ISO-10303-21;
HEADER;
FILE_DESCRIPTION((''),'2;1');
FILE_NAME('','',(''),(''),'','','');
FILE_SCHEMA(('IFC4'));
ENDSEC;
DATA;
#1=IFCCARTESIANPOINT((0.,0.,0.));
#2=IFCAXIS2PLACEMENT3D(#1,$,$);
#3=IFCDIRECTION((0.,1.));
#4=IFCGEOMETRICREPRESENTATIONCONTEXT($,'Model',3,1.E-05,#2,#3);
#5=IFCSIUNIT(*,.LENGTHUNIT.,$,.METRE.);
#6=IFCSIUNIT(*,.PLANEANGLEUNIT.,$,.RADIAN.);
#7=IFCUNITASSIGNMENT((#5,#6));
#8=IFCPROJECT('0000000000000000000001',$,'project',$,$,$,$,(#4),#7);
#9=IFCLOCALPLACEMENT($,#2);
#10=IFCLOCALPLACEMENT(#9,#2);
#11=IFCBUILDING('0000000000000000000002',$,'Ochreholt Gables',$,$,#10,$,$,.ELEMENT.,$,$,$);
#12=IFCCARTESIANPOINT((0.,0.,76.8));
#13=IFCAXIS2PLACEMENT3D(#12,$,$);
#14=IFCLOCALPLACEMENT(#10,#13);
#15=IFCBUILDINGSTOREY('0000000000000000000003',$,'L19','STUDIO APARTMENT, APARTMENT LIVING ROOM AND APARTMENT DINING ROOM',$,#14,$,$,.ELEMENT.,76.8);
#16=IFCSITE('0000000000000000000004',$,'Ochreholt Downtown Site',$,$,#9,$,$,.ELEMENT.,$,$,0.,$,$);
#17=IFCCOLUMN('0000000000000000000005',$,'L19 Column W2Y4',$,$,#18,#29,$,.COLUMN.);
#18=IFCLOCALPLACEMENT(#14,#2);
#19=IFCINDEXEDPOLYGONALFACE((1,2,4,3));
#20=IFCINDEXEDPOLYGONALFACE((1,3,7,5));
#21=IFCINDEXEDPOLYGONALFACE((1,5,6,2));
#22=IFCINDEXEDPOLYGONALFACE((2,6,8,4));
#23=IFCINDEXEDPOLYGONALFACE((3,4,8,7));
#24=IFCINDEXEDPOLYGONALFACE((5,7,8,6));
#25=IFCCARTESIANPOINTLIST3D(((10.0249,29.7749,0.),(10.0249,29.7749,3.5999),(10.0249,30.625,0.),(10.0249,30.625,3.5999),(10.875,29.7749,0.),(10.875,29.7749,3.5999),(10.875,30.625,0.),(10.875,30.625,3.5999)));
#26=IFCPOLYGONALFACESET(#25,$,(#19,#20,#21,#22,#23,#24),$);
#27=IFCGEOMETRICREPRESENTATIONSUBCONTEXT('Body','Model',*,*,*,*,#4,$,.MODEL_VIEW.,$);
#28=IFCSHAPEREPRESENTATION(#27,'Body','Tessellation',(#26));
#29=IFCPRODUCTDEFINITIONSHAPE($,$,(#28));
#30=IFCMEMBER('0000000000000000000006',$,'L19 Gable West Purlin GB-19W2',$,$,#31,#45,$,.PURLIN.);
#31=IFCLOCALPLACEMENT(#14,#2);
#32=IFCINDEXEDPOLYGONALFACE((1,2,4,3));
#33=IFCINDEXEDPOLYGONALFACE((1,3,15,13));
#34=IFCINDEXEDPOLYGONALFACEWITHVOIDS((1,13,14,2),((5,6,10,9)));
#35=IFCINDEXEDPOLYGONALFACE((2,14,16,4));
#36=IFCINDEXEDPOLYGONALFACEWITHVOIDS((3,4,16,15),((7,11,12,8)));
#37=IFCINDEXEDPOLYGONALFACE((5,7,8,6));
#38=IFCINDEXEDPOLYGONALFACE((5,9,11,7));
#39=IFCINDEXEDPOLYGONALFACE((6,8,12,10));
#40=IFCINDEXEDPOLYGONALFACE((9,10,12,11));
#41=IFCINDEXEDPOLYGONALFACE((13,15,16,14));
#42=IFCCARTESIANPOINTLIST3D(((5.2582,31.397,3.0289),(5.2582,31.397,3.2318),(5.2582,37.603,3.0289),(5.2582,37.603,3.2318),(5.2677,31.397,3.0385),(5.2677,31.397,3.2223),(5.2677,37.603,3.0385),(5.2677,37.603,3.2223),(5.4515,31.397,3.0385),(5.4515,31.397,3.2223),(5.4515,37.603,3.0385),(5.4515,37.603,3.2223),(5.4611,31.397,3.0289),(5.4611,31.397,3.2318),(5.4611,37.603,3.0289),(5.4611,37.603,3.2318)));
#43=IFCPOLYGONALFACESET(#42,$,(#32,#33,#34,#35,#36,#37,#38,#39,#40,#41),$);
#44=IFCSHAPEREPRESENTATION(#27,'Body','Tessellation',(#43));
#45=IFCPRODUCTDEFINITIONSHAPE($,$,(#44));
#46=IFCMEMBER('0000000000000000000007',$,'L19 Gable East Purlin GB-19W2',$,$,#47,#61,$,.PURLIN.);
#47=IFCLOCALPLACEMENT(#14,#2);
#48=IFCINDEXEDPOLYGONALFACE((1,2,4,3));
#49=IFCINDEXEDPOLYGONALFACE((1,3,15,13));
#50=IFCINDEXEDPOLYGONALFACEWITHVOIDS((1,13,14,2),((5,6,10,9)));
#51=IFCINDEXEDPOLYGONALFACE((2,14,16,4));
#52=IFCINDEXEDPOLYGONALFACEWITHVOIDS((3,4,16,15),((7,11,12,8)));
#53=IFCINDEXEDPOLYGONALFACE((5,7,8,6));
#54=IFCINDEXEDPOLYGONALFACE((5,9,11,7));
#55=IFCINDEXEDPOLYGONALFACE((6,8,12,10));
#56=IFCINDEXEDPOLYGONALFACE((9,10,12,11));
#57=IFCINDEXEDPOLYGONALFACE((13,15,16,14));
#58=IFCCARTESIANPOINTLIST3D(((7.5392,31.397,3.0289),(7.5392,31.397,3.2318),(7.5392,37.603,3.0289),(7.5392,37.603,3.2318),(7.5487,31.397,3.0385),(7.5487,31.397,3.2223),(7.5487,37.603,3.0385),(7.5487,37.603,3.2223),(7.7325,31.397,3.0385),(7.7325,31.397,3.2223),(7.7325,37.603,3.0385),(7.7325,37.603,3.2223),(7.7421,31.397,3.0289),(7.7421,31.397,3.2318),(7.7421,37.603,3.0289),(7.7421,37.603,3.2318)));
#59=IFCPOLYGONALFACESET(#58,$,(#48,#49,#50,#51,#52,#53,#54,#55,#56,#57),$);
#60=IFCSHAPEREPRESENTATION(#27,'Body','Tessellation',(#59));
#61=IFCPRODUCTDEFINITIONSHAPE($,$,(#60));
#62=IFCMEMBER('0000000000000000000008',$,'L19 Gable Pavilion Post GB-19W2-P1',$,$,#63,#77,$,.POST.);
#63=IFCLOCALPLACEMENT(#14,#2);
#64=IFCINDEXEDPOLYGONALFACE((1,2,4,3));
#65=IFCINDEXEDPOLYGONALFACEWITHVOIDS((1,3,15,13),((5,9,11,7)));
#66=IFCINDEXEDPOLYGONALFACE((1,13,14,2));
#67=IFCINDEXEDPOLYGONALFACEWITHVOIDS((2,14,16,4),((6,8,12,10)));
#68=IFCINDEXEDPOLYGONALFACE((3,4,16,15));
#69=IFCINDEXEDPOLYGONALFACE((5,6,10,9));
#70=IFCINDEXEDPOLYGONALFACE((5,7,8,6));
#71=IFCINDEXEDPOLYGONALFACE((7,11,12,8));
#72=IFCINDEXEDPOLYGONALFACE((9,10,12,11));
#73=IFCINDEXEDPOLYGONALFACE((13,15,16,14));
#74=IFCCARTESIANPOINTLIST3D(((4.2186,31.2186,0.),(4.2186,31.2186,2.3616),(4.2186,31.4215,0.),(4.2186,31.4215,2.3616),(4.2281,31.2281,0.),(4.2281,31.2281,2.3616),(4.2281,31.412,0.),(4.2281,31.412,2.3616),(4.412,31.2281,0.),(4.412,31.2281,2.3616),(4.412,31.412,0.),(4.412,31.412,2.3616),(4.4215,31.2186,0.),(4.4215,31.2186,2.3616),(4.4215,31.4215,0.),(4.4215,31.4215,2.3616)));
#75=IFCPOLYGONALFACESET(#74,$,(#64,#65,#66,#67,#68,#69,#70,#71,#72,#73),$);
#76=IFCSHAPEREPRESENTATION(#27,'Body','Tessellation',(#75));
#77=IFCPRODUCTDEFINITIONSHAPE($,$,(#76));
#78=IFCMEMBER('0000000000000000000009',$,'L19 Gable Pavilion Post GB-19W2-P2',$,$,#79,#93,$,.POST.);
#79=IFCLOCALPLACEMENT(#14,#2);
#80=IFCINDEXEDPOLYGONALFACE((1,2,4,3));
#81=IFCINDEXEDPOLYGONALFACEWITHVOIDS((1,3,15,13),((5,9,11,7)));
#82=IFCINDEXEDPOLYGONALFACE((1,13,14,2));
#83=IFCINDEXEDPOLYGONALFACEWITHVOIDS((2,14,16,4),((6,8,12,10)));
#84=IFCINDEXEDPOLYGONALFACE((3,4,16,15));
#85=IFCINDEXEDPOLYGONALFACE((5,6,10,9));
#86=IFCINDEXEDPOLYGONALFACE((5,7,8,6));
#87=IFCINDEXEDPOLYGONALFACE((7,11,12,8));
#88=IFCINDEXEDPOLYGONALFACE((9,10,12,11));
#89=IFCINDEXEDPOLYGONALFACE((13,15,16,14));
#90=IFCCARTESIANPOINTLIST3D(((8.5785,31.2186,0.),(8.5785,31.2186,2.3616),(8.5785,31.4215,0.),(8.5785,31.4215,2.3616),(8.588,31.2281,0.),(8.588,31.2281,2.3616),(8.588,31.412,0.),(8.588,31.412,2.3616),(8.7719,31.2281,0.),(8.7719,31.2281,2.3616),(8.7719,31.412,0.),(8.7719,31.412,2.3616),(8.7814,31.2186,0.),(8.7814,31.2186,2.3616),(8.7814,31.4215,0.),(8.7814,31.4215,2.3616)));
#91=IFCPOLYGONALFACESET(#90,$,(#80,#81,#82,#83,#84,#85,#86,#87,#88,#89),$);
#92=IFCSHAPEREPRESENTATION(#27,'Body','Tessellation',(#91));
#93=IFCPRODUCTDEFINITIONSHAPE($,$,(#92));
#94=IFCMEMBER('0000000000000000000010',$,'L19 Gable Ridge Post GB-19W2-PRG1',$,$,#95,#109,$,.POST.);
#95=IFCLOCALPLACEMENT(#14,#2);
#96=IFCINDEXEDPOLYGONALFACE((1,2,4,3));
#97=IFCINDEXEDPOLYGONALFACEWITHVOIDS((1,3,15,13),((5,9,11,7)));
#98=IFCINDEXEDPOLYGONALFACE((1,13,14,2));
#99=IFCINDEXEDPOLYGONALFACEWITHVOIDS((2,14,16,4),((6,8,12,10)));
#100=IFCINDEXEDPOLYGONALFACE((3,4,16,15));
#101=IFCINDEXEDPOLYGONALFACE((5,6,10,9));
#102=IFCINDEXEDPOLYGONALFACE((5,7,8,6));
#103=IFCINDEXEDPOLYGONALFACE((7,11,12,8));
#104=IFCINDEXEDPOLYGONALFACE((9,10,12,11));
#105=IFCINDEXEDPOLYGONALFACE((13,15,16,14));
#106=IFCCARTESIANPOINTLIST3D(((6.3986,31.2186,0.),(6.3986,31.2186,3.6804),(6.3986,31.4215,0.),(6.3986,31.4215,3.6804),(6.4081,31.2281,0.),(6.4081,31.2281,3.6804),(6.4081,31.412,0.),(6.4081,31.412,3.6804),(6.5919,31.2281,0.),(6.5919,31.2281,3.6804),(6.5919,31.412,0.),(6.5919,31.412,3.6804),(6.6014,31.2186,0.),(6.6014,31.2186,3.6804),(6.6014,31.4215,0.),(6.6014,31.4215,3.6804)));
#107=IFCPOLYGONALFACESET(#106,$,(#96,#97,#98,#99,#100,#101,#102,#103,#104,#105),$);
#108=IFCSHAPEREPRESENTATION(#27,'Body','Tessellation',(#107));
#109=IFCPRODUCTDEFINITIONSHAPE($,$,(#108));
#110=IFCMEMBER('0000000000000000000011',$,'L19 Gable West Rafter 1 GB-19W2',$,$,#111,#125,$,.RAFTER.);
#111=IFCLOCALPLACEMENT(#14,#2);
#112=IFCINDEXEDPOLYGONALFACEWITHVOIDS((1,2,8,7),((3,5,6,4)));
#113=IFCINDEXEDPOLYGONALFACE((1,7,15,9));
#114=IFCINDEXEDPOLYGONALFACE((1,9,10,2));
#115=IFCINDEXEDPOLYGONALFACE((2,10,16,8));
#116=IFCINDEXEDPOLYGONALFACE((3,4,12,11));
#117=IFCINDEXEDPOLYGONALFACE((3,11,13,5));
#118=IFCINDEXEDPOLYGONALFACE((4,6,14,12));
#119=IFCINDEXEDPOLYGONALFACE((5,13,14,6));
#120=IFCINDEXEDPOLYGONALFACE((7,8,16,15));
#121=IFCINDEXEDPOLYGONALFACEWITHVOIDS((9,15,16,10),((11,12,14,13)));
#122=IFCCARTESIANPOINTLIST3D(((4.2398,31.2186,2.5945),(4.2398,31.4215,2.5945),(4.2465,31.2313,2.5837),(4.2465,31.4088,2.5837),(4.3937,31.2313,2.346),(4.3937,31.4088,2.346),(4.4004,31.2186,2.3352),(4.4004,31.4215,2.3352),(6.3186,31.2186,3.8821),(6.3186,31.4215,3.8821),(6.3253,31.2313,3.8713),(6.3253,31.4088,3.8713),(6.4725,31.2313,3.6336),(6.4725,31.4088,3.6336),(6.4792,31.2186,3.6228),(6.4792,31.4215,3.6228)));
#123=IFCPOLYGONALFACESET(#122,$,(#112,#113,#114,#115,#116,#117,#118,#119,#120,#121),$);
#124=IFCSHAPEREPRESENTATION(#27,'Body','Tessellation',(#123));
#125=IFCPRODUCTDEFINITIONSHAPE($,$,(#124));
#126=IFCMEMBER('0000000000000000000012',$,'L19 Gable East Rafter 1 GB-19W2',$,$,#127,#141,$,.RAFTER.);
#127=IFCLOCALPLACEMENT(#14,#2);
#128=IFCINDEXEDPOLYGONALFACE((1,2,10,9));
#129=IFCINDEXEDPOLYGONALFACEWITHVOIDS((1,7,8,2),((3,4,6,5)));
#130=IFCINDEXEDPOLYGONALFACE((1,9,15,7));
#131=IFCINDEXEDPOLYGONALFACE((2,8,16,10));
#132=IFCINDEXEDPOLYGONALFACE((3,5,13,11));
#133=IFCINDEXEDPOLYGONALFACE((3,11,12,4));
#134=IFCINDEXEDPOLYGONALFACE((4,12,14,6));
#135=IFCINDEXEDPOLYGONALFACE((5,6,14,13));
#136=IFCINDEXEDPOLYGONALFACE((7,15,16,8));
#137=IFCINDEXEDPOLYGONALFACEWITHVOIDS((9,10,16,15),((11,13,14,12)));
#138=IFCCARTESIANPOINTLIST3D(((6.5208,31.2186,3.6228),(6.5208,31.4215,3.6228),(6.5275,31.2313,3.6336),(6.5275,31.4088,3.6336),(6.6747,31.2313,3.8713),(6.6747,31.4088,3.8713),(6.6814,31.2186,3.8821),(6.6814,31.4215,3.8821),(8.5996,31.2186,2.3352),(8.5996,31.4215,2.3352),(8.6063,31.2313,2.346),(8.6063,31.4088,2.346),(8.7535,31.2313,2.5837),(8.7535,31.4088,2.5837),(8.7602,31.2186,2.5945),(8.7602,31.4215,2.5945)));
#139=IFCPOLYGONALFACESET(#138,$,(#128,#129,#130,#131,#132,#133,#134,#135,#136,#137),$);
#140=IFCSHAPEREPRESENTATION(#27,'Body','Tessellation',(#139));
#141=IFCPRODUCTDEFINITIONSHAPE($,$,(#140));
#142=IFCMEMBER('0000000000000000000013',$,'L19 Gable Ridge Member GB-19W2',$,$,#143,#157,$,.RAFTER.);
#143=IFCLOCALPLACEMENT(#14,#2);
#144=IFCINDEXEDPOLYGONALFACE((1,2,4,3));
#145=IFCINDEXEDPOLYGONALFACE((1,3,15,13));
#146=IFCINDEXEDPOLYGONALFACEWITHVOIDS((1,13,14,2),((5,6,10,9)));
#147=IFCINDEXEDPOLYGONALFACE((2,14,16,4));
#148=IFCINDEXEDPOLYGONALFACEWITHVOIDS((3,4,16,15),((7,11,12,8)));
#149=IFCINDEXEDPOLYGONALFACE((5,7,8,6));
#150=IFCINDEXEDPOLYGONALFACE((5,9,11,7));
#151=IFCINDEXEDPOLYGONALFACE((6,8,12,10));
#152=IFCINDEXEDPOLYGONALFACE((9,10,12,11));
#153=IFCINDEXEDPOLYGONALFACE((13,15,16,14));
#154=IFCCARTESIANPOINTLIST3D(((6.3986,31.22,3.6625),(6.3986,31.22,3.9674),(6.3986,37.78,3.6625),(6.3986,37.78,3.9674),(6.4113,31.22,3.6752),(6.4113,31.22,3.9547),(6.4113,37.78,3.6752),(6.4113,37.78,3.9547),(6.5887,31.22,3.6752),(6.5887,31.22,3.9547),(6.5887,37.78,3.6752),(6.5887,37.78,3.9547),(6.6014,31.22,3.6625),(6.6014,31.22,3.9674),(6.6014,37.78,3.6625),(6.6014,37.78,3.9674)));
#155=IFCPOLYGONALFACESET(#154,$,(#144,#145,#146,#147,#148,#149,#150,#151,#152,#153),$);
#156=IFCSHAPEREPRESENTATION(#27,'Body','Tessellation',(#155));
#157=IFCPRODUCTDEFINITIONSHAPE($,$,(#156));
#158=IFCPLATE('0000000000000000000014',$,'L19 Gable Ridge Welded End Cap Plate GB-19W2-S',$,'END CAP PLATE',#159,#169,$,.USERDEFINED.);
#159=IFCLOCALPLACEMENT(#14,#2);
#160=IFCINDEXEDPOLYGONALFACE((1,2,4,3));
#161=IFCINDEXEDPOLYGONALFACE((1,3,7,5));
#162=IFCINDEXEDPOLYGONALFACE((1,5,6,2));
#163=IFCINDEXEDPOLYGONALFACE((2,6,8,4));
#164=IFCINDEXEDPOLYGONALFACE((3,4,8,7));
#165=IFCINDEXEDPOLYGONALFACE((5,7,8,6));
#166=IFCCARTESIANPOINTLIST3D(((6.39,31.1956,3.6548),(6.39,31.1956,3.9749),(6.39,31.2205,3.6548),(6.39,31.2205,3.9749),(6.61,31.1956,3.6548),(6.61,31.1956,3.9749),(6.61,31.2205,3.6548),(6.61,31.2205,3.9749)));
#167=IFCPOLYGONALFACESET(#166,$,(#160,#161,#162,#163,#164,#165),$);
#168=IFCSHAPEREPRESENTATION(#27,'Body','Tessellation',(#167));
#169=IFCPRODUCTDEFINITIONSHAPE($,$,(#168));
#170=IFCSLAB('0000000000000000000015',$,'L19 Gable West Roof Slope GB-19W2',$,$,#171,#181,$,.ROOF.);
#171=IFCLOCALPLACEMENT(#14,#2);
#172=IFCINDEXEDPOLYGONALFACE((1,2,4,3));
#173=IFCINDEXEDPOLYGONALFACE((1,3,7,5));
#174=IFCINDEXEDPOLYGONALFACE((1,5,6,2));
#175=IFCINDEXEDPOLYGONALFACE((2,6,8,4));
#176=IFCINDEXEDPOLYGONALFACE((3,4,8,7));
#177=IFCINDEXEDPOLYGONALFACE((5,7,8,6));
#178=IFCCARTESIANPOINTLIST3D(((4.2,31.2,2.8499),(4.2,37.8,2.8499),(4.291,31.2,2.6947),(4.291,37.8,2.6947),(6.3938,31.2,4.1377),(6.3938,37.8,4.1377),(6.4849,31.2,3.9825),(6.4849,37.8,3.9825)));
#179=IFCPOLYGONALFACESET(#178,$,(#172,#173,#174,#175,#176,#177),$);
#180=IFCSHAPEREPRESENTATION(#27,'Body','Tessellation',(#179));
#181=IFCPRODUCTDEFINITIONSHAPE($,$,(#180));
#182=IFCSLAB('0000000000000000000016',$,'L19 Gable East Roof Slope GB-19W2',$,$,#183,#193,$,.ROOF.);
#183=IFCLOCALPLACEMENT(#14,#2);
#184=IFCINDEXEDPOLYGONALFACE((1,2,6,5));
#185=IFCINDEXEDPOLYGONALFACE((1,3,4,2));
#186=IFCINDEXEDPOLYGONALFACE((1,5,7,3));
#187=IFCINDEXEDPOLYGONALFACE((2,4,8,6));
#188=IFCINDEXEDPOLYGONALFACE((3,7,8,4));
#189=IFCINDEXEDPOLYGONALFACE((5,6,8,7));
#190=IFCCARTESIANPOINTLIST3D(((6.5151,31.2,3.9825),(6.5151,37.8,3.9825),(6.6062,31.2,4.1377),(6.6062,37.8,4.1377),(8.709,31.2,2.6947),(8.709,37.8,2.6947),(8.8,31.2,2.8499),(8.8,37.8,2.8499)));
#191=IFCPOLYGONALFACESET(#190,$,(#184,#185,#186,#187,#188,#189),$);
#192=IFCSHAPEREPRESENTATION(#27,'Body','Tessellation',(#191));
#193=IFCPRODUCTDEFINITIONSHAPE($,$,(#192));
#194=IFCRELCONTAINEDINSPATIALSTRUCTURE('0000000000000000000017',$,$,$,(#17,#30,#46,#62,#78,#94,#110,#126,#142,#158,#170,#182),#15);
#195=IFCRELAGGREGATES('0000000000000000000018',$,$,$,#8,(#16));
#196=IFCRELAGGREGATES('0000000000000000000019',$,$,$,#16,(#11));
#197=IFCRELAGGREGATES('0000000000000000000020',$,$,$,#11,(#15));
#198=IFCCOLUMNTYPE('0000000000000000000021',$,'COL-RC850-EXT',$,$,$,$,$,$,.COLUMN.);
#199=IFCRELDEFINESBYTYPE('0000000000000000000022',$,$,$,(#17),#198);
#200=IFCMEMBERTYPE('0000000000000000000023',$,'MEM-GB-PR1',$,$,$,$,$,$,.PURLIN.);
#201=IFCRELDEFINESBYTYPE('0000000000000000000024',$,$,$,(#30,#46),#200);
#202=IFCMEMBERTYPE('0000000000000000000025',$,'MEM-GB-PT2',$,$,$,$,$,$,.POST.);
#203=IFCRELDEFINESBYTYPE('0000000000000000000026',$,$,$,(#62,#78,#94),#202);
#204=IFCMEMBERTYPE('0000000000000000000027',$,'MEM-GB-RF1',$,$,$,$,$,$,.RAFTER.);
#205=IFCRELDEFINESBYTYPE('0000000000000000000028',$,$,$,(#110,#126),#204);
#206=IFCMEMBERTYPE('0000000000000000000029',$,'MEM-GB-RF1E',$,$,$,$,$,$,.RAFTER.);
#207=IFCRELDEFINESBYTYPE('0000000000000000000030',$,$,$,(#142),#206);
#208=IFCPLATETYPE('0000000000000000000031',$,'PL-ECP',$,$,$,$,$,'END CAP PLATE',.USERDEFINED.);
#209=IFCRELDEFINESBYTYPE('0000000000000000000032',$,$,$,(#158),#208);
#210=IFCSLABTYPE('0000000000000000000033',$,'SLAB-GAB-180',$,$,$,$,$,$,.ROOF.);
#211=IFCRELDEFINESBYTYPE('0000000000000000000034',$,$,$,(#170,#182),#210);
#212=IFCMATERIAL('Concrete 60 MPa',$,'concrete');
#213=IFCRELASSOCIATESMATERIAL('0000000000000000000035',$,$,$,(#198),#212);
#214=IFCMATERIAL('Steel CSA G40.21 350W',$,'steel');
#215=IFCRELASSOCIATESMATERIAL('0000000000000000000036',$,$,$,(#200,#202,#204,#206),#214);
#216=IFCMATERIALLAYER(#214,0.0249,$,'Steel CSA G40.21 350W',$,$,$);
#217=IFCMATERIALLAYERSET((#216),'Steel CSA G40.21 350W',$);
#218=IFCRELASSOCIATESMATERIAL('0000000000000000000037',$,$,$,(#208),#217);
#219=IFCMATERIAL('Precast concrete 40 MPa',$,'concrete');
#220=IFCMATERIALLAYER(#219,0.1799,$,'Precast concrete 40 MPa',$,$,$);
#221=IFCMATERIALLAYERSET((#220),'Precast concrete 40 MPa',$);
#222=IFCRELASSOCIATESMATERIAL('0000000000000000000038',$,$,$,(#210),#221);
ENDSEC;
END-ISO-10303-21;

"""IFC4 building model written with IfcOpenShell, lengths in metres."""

from ifc_helpers import new_model, si_unit, direction, frame, origin, origin_2d, place, context, subcontext, project, spatial, polyline, rectangle, hollow_rectangle, outline, extrude, material, layer, layer_set, material_profile, profile_set, type_object, element, save


model = new_model("IFC4")

# Units and contexts
model_context = context("Model", 3, precision=1e-05, world=origin(), true_north=direction((0.0, 1.0)))
body_context = subcontext(model_context, "Body", "Model", "MODEL_VIEW")
ifc_project = project(units=[si_unit("LENGTHUNIT", "METRE"), si_unit("PLANEANGLEUNIT", "RADIAN")], contexts=[model_context])

# Site, building, storey
site_placement = place(None, origin())
site = spatial("IfcSite", under=ifc_project, at=site_placement, Name="Ochreholt Downtown Site", CompositionType="ELEMENT", RefElevation=0.0)
building_placement = place(site_placement, origin())
building = spatial("IfcBuilding", under=site, at=building_placement, Name="Ochreholt Gables", CompositionType="ELEMENT")
storey_placement = place(building_placement, frame((0.0, 0.0, 76.8)))
storey = spatial("IfcBuildingStorey", under=building, at=storey_placement, Name="L19", Description="STUDIO APARTMENT, APARTMENT LIVING ROOM AND APARTMENT DINING ROOM", CompositionType="ELEMENT", Elevation=76.8)

# Column
ifc_material_1 = material(Name="Concrete 60 MPa", Category="concrete")
ifc_material_profile_1 = material_profile(ifc_material_1, rectangle(XDim=0.8501, YDim=0.8501, at=origin_2d()), Name="RC850X850")
ifc_profile_set_1 = profile_set([ifc_material_profile_1], Name="Concrete 60 MPa")
column_type = type_object("IfcColumnType", Name="COL-RC850-EXT", PredefinedType="COLUMN", material=ifc_profile_set_1)
column_placement = place(storey_placement, frame((10.45, 30.2, 0.0), z_axis=(0.0, 0.0, 1.0), x_axis=(1.0, 0.0, 0.0)))
element("IfcColumn", 1, at=column_placement, inside=storey, type_object=column_type, Name="L19 Column W2Y4", PredefinedType="COLUMN", context=body_context, shape_type="SweptSolid", body=[
    extrude(rectangle(XDim=0.8501, YDim=0.8501, at=origin_2d()), origin(), (0.0, 0.0, 1.0), 3.5999),
])

# Members
ifc_material_2 = material(Name="Steel CSA G40.21 350W", Category="steel")
ifc_material_profile_2 = material_profile(ifc_material_2, hollow_rectangle(XDim=0.2029, YDim=0.2029, WallThickness=0.0095, at=origin_2d()), Name="HSS203X203X10")
ifc_profile_set_2 = profile_set([ifc_material_profile_2], Name="Steel CSA G40.21 350W")
member_type_1 = type_object("IfcMemberType", Name="MEM-GB-PR1", PredefinedType="PURLIN", material=ifc_profile_set_2)
for number, where, z_axis, x_axis, name in (
    (2, (5.3596, 31.397, 3.1304), (0.0, 1.0, 0.0), (-1.0, 0.0, 0.0), "L19 Gable West Purlin GB-19W2"),
    (3, (7.6406, 31.397, 3.1304), (0.0, 1.0, 0.0), (-1.0, 0.0, 0.0), "L19 Gable East Purlin GB-19W2"),
):
    element("IfcMember", number, at=place(storey_placement, frame(where, z_axis=z_axis, x_axis=x_axis)), inside=storey, type_object=member_type_1, Name=name, PredefinedType="PURLIN", context=body_context, shape_type="SweptSolid", body=[
        extrude(hollow_rectangle(XDim=0.2029, YDim=0.2029, WallThickness=0.0095, at=origin_2d()), origin(), (0.0, 0.0, 1.0), 6.2061),
    ])
ifc_material_profile_3 = material_profile(ifc_material_2, hollow_rectangle(XDim=0.2029, YDim=0.2029, WallThickness=0.0095, at=origin_2d()), Name="HSS203X203X10")
ifc_profile_set_3 = profile_set([ifc_material_profile_3], Name="Steel CSA G40.21 350W")
member_type_2 = type_object("IfcMemberType", Name="MEM-GB-PT2", PredefinedType="POST", material=ifc_profile_set_3)
for number, where, z_axis, x_axis, name in (
    (4, (4.3201, 31.3201, 0.0), (0.0, 0.0, 1.0), (1.0, 0.0, 0.0), "L19 Gable Pavilion Post GB-19W2-P1"),
    (5, (8.6799, 31.3201, 0.0), (0.0, 0.0, 1.0), (1.0, 0.0, 0.0), "L19 Gable Pavilion Post GB-19W2-P2"),
):
    element("IfcMember", number, at=place(storey_placement, frame(where, z_axis=z_axis, x_axis=x_axis)), inside=storey, type_object=member_type_2, Name=name, PredefinedType="POST", context=body_context, shape_type="SweptSolid", body=[
        extrude(hollow_rectangle(XDim=0.2029, YDim=0.2029, WallThickness=0.0095, at=origin_2d()), origin(), (0.0, 0.0, 1.0), 2.3616),
    ])
member_1_placement = place(storey_placement, frame((6.5, 31.3201, 0.0), z_axis=(0.0, 0.0, 1.0), x_axis=(1.0, 0.0, 0.0)))
element("IfcMember", 6, at=member_1_placement, inside=storey, type_object=member_type_2, Name="L19 Gable Ridge Post GB-19W2-PRG1", PredefinedType="POST", context=body_context, shape_type="SweptSolid", body=[
    extrude(hollow_rectangle(XDim=0.2029, YDim=0.2029, WallThickness=0.0095, at=origin_2d()), origin(), (0.0, 0.0, 1.0), 3.6804),
])
ifc_material_profile_4 = material_profile(ifc_material_2, hollow_rectangle(XDim=0.2029, YDim=0.3049, WallThickness=0.0127, at=origin_2d()), Name="HSS305X203X13")
ifc_profile_set_4 = profile_set([ifc_material_profile_4], Name="Steel CSA G40.21 350W")
member_type_3 = type_object("IfcMemberType", Name="MEM-GB-RF1", PredefinedType="RAFTER", material=ifc_profile_set_4)
for number, where, z_axis, x_axis, name in (
    (7, (4.3201, 31.3201, 2.4648), (0.85014, 0.0, 0.526557), (0.0, 1.0, 0.0), "L19 Gable West Rafter 1 GB-19W2"),
    (8, (8.6799, 31.3201, 2.4648), (-0.85014, 0.0, 0.526557), (0.0, -1.0, 0.0), "L19 Gable East Rafter 1 GB-19W2"),
):
    element("IfcMember", number, at=place(storey_placement, frame(where, z_axis=z_axis, x_axis=x_axis)), inside=storey, type_object=member_type_3, Name=name, PredefinedType="RAFTER", context=body_context, shape_type="SweptSolid", body=[
        extrude(hollow_rectangle(XDim=0.2029, YDim=0.3049, WallThickness=0.0127, at=origin_2d()), origin(), (0.0, 0.0, 1.0), 2.4453),
    ])
ifc_material_profile_5 = material_profile(ifc_material_2, hollow_rectangle(XDim=0.2029, YDim=0.3049, WallThickness=0.0127, at=origin_2d()), Name="HSS305X203X13")
ifc_profile_set_5 = profile_set([ifc_material_profile_5], Name="Steel CSA G40.21 350W")
member_type_4 = type_object("IfcMemberType", Name="MEM-GB-RF1E", PredefinedType="RAFTER", material=ifc_profile_set_5)
member_2_placement = place(storey_placement, frame((6.5, 31.22, 3.8149), z_axis=(0.0, 1.0, 0.0), x_axis=(-1.0, 0.0, 0.0)))
element("IfcMember", 9, at=member_2_placement, inside=storey, type_object=member_type_4, Name="L19 Gable Ridge Member GB-19W2", PredefinedType="RAFTER", context=body_context, shape_type="SweptSolid", body=[
    extrude(hollow_rectangle(XDim=0.2029, YDim=0.3049, WallThickness=0.0127, at=origin_2d()), origin(), (0.0, 0.0, 1.0), 6.5601),
])

# Plate
ifc_layer_1 = layer(ifc_material_2, 0.0249, Name="Steel CSA G40.21 350W")
ifc_layer_set_1 = layer_set([ifc_layer_1], Name="Steel CSA G40.21 350W")
plate_type = type_object("IfcPlateType", Name="PL-ECP", ElementType="END CAP PLATE", PredefinedType="USERDEFINED", material=ifc_layer_set_1)
plate_placement = place(storey_placement, frame((6.5, 31.208, 3.6548), z_axis=(0.0, 0.0, 1.0), x_axis=(1.0, 0.0, 0.0)))
element("IfcPlate", 10, at=plate_placement, inside=storey, type_object=plate_type, Name="L19 Gable Ridge Welded End Cap Plate GB-19W2-S", ObjectType="END CAP PLATE", PredefinedType="USERDEFINED", context=body_context, shape_type="SweptSolid", body=[
    extrude(rectangle(XDim=0.22, YDim=0.0249, at=origin_2d()), origin(), (0.0, 0.0, 1.0), 0.3201),
])

# Slabs
ifc_material_3 = material(Name="Precast concrete 40 MPa", Category="concrete")
ifc_layer_2 = layer(ifc_material_3, 0.1799, Name="Precast concrete 40 MPa")
ifc_layer_set_2 = layer_set([ifc_layer_2], Name="Precast concrete 40 MPa")
slab_type = type_object("IfcSlabType", Name="SLAB-GAB-180", PredefinedType="ROOF", material=ifc_layer_set_2)
for number, where, z_axis, x_axis, name in (
    (11, (4.2, 31.2, 2.8499), (-0.506244, 0.0, 0.86239), (0.86239, 0.0, 0.506244), "L19 Gable West Roof Slope GB-19W2"),
    (12, (6.6062, 31.2, 4.1377), (0.506244, 0.0, 0.86239), (0.86239, 0.0, -0.506244), "L19 Gable East Roof Slope GB-19W2"),
):
    element("IfcSlab", number, at=place(storey_placement, frame(where, z_axis=z_axis, x_axis=x_axis)), inside=storey, type_object=slab_type, Name=name, PredefinedType="ROOF", context=body_context, shape_type="SweptSolid", body=[
        extrude(outline(polyline([(0.0, 0.0), (2.5439, 0.0), (2.5439, 6.6001), (0.0, 6.6001), (0.0, 0.0)])), origin(), (0.0, 0.0, -1.0), 0.1799),
    ])

save(model, "model.ifc")
